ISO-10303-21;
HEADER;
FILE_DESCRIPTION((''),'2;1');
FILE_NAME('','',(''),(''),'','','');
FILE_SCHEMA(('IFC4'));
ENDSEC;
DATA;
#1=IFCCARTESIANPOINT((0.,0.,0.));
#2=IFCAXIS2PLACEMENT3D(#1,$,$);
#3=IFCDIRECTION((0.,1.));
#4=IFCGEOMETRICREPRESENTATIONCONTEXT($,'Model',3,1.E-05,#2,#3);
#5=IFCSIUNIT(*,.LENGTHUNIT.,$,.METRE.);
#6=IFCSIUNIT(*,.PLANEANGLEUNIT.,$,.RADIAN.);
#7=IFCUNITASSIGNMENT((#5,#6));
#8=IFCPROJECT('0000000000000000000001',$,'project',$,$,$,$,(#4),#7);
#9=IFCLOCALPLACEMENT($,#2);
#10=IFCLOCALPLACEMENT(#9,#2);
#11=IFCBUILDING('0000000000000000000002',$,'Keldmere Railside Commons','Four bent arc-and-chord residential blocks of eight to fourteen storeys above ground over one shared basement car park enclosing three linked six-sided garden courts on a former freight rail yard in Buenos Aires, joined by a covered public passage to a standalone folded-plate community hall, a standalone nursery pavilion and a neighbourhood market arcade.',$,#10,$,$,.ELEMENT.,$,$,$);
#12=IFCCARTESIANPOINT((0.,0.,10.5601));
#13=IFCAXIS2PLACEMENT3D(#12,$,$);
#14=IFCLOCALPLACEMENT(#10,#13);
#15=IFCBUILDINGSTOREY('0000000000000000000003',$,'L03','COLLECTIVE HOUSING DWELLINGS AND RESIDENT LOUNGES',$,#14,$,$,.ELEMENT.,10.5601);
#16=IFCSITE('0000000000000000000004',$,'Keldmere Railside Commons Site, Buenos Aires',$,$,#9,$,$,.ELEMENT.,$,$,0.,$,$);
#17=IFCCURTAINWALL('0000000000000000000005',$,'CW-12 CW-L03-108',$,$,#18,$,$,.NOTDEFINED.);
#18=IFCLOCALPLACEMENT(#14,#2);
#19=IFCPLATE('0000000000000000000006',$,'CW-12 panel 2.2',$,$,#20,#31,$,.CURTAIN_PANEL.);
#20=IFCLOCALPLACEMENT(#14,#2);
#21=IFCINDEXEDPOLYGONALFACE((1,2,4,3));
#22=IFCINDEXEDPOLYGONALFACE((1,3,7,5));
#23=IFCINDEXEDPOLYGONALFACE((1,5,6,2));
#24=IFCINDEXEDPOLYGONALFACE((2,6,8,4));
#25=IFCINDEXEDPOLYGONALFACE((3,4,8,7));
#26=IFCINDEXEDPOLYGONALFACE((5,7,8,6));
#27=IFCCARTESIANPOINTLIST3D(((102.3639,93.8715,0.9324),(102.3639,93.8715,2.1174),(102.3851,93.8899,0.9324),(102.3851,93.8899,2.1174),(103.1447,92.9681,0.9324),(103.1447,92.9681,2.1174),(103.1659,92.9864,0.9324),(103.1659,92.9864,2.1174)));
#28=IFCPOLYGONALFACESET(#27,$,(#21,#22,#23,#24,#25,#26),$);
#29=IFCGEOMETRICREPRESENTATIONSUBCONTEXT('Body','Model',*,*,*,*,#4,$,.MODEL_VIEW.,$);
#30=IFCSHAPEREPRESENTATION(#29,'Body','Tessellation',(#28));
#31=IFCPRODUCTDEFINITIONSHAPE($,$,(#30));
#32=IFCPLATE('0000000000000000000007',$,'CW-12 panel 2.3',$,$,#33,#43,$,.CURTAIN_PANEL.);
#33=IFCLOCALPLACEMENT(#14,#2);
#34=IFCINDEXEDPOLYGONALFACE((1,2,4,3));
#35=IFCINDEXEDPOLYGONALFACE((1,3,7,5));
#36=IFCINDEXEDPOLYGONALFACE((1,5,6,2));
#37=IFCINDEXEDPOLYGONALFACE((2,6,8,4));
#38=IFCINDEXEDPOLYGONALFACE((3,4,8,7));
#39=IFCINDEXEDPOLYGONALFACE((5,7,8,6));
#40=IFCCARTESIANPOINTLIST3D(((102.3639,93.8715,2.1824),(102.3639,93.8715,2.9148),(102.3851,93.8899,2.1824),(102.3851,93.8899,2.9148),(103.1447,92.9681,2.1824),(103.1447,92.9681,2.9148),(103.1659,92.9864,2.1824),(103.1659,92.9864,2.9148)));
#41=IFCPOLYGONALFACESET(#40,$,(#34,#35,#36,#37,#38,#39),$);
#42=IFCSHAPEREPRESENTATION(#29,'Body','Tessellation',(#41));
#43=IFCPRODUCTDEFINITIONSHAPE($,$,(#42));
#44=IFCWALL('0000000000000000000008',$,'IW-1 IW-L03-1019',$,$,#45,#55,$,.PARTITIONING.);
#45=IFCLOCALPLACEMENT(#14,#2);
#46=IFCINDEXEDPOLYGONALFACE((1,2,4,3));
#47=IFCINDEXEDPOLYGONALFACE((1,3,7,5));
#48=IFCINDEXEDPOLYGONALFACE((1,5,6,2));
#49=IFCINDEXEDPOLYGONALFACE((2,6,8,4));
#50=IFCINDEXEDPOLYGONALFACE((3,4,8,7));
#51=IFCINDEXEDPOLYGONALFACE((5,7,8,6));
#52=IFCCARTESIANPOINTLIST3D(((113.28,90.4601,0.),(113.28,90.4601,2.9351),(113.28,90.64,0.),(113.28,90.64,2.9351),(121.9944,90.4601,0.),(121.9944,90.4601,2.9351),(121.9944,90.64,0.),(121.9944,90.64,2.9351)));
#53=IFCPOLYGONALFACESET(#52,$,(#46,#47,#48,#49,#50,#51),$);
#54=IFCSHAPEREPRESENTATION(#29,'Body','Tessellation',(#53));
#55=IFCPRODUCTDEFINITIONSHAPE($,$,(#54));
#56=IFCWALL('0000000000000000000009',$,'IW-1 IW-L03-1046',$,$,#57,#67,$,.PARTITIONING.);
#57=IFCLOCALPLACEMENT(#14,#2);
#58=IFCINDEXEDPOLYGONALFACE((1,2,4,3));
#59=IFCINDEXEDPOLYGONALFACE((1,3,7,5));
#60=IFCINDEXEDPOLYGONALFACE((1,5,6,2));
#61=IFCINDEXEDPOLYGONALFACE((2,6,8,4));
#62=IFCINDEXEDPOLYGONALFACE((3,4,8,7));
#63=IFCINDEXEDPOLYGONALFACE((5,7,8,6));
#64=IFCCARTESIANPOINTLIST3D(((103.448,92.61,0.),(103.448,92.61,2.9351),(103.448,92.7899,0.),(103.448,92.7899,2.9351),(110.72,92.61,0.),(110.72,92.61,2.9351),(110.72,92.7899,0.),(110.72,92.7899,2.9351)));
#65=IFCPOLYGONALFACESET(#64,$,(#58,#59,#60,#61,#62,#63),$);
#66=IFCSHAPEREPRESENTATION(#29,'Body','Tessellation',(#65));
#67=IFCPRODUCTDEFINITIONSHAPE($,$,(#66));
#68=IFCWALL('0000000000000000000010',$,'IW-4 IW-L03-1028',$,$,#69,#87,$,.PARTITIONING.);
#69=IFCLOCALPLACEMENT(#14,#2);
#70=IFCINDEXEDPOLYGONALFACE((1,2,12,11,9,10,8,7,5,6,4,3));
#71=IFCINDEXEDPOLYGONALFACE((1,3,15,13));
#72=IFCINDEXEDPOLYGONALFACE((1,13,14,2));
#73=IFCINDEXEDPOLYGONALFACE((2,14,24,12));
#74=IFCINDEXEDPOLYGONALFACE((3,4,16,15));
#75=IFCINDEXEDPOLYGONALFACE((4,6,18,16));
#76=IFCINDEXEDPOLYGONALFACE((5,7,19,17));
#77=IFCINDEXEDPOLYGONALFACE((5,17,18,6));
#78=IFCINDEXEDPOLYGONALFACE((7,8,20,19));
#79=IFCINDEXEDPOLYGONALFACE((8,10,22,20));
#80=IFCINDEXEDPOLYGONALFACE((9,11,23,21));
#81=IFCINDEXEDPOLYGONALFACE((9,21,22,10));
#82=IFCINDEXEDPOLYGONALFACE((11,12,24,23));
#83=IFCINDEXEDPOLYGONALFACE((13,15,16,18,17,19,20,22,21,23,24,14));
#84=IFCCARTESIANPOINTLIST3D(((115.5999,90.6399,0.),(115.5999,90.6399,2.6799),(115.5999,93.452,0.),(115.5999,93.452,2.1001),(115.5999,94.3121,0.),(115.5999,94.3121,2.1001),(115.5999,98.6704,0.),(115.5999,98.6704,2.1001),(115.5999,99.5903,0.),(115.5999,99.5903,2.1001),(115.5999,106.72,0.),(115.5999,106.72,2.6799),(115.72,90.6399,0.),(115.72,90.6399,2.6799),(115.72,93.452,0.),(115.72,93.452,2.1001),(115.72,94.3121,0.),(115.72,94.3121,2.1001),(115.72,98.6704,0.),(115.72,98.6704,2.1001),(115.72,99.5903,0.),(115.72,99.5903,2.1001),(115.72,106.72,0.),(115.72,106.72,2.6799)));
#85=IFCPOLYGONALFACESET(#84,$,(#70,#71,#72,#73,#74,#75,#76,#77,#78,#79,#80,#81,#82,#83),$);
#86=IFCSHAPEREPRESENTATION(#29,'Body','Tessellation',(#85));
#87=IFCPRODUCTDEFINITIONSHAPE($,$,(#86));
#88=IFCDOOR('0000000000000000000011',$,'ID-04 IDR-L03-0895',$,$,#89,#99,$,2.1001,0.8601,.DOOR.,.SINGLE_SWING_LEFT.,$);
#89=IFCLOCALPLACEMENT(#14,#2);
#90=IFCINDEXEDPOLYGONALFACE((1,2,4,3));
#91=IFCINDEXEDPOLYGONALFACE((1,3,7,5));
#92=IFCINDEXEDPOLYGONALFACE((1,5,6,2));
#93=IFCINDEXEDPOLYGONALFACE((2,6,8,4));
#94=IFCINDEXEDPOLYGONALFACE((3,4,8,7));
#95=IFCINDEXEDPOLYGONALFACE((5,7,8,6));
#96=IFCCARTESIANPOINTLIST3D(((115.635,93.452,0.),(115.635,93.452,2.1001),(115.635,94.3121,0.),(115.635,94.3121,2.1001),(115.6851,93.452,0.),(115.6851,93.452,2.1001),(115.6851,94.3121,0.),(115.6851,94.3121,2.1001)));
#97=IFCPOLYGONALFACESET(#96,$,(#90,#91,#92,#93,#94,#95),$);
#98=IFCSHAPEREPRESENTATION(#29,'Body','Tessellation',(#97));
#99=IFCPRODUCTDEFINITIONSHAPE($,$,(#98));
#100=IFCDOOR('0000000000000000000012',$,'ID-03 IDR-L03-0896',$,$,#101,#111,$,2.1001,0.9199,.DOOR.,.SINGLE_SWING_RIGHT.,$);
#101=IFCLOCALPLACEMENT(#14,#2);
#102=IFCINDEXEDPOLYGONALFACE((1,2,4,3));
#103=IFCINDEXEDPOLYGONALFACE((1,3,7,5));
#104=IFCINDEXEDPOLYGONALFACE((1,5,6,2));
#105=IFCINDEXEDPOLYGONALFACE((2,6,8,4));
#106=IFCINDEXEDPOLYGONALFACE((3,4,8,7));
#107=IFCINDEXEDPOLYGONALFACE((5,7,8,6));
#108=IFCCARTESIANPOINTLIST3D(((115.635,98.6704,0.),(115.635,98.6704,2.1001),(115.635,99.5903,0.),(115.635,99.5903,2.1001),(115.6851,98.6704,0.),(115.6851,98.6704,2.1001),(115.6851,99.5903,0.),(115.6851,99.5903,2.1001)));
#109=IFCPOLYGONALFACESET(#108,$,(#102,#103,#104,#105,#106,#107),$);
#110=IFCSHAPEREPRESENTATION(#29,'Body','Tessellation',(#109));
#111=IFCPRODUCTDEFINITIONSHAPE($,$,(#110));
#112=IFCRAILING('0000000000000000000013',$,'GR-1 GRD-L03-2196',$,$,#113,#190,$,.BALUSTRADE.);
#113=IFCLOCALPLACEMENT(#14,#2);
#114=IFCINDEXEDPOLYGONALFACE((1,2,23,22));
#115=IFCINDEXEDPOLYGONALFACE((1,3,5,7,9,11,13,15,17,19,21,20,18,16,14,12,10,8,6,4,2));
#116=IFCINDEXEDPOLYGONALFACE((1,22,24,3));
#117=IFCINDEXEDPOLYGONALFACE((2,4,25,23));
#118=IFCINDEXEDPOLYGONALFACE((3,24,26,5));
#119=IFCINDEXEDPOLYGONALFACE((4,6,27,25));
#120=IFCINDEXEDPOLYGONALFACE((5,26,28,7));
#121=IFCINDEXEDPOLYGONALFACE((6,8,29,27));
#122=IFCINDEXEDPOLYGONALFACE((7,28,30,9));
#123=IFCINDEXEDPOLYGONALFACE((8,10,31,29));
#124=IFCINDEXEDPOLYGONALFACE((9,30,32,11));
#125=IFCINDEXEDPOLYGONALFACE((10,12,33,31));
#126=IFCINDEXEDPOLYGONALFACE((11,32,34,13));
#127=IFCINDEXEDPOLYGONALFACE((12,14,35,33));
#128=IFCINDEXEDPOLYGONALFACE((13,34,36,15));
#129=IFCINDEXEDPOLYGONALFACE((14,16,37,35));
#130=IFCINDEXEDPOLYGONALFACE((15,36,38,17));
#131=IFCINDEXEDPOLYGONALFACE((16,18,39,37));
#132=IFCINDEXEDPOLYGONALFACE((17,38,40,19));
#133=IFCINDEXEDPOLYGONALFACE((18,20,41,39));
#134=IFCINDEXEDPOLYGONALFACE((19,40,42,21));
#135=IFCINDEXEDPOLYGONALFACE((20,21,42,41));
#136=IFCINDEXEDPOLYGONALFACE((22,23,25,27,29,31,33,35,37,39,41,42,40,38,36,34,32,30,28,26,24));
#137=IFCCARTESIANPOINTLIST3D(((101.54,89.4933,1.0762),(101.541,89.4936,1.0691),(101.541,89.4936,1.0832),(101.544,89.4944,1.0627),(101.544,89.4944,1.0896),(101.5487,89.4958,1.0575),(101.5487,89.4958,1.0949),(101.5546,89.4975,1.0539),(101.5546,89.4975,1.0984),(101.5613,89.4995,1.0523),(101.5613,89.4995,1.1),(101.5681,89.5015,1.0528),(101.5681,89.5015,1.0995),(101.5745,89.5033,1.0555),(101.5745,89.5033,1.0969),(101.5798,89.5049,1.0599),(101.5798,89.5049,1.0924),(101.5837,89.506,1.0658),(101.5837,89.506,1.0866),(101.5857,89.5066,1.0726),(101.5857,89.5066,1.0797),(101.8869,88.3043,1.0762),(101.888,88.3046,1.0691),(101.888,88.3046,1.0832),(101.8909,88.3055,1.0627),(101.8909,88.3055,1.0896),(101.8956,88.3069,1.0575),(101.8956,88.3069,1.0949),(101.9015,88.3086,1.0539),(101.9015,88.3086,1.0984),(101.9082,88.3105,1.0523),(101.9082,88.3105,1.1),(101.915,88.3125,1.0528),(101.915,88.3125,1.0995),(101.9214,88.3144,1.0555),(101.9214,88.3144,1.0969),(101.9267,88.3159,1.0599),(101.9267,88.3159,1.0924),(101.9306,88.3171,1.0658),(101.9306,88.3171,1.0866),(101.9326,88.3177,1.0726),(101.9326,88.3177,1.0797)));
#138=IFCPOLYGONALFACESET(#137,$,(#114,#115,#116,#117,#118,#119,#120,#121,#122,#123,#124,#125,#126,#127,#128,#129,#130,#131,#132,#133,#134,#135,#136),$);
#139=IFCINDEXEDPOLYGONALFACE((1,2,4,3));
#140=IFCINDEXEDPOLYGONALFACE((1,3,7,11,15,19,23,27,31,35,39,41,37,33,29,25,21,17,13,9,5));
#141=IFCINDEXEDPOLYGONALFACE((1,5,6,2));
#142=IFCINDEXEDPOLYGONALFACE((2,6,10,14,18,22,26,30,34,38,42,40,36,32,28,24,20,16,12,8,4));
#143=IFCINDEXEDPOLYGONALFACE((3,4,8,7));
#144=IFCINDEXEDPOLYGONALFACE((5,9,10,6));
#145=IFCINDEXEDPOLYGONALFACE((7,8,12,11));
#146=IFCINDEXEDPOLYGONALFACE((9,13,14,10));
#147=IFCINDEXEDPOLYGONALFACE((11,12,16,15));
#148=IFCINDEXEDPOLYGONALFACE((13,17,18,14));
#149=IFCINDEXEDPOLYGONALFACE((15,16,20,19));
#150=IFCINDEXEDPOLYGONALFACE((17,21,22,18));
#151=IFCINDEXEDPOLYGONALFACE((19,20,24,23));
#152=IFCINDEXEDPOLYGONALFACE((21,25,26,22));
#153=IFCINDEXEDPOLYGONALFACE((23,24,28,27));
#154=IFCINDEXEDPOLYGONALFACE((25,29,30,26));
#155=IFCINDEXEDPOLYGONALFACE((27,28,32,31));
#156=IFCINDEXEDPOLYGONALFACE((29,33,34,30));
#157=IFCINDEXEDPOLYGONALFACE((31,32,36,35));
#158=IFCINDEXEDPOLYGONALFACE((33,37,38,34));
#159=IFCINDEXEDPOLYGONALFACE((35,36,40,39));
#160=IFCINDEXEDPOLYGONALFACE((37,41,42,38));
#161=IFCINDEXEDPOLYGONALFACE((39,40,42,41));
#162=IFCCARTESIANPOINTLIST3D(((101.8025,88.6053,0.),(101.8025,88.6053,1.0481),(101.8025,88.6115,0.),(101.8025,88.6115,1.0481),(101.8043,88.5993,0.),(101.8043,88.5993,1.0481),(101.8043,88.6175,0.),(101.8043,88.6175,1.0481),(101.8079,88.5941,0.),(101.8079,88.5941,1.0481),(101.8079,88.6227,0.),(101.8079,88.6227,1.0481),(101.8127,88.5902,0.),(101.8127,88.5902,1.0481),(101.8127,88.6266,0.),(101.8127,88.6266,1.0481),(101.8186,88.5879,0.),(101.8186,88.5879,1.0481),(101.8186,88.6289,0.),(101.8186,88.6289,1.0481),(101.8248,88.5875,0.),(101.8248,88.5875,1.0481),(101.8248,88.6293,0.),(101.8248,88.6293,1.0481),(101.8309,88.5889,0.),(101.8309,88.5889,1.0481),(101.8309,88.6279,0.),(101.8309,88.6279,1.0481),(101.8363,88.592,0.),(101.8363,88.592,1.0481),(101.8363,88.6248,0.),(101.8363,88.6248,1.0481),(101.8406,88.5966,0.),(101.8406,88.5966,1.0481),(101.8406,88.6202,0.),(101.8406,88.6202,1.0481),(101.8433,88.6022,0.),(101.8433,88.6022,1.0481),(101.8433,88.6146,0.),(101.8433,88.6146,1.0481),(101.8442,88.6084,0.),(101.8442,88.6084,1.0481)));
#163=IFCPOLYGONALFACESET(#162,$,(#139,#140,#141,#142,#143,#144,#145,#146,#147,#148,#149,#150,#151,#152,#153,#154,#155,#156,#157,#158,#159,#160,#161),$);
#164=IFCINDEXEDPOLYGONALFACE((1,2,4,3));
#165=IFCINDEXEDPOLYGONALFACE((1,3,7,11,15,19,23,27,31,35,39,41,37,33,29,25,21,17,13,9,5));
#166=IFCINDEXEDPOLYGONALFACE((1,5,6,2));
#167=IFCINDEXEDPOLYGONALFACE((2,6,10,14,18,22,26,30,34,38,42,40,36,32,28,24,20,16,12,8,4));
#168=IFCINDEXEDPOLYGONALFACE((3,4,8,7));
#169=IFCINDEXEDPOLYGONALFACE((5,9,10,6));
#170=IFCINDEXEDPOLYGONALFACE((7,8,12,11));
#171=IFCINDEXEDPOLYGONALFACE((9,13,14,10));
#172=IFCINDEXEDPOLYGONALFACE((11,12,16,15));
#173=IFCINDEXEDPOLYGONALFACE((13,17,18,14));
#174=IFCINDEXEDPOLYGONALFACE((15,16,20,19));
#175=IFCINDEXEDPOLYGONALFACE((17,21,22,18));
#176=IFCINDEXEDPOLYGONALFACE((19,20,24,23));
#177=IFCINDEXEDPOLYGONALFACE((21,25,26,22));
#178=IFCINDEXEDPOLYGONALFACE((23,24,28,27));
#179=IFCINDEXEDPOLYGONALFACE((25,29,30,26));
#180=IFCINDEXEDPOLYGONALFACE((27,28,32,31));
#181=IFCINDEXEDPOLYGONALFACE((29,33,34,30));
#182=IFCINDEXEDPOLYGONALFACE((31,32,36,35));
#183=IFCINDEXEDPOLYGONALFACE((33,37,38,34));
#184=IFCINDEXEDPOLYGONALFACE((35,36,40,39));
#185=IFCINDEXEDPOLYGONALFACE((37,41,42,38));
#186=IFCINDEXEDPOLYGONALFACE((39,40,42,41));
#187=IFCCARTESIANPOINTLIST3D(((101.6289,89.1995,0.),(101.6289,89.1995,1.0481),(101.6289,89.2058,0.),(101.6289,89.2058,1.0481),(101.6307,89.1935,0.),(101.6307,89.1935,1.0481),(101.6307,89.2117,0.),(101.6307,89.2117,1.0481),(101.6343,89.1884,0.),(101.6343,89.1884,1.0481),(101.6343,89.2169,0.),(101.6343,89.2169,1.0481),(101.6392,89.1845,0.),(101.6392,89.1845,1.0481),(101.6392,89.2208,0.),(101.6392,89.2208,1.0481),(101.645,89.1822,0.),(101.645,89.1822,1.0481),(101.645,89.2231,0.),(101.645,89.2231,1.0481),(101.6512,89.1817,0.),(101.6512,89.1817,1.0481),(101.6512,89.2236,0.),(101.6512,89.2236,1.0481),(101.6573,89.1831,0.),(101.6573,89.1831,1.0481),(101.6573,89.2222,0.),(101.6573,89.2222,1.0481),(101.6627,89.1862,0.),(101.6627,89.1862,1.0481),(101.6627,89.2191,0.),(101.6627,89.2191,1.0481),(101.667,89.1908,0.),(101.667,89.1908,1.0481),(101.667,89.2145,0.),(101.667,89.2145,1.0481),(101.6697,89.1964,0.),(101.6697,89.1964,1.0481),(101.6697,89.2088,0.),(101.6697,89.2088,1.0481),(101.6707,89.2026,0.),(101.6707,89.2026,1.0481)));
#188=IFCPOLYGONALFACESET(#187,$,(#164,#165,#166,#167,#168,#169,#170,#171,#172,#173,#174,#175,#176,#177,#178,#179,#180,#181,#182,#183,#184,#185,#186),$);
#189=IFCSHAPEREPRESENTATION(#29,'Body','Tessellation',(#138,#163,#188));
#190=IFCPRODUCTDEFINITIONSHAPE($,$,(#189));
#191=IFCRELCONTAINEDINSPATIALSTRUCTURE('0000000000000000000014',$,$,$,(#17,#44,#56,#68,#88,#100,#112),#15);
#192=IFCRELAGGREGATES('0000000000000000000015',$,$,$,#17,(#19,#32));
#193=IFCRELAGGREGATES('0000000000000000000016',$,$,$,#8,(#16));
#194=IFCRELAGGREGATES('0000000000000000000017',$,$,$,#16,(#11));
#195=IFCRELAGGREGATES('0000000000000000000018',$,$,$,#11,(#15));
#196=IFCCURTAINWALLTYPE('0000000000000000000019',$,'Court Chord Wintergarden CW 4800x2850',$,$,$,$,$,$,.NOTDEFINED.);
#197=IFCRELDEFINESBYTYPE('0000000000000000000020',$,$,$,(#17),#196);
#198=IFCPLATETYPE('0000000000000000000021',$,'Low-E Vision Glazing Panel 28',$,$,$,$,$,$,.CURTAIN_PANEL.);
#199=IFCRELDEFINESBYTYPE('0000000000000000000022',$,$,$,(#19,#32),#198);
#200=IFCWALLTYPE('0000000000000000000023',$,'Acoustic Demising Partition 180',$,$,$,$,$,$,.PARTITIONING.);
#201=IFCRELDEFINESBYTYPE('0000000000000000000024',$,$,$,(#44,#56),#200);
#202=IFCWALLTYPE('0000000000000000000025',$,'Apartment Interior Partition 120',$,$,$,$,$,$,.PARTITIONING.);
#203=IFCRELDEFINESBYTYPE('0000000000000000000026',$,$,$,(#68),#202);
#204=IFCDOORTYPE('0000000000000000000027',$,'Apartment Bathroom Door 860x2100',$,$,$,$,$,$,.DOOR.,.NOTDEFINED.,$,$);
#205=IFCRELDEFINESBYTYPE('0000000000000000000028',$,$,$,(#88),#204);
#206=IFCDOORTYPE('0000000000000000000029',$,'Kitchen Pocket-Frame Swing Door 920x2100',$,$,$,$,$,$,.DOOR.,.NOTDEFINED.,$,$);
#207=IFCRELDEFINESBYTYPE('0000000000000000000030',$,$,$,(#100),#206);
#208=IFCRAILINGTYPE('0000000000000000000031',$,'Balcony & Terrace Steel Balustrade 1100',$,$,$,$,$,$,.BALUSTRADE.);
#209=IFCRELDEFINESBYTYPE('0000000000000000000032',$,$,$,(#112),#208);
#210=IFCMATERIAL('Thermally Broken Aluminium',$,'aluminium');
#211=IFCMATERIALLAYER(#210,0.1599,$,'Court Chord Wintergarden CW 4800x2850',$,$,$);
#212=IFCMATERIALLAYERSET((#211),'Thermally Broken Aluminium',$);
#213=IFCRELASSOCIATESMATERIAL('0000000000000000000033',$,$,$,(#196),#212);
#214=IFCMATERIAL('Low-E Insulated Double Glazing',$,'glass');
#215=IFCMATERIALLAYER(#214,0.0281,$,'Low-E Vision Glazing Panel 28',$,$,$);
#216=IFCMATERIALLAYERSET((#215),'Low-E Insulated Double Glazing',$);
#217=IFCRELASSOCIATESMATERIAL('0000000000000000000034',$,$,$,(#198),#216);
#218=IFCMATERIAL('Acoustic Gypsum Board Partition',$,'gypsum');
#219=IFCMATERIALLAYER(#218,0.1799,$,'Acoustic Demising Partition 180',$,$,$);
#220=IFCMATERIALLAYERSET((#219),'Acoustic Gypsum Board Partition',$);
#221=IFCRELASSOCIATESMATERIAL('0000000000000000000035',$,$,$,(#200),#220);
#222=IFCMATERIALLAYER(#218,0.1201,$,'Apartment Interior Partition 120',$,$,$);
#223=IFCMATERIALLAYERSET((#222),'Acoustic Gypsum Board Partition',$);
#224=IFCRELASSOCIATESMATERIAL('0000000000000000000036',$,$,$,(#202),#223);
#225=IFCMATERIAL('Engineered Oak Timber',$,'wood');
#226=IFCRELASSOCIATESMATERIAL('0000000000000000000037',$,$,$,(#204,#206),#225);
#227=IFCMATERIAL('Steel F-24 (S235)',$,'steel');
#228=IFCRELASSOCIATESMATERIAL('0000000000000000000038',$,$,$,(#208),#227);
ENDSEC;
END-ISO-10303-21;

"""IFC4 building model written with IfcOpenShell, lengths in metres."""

from ifc_helpers import new_model, si_unit, direction, frame, frame_2d, origin, origin_2d, place, context, subcontext, project, spatial, rectangle, circle, extrude, material, layer, layer_set, type_object, element, fill, aggregate, save


model = new_model("IFC4")

# Units and contexts
model_context = context("Model", 3, precision=1e-05, world=origin(), true_north=direction((0.0, 1.0)))
body_context = subcontext(model_context, "Body", "Model", "MODEL_VIEW")
ifc_project = project(units=[si_unit("LENGTHUNIT", "METRE"), si_unit("PLANEANGLEUNIT", "RADIAN")], contexts=[model_context])

# Site, building, storey
site_placement = place(None, origin())
site = spatial("IfcSite", under=ifc_project, at=site_placement, Name="Keldmere Railside Commons Site, Buenos Aires", CompositionType="ELEMENT", RefElevation=0.0)
building_placement = place(site_placement, origin())
building = spatial("IfcBuilding", under=site, at=building_placement, Name="Keldmere Railside Commons", Description="Four bent arc-and-chord residential blocks of eight to fourteen storeys above ground over one shared basement car park enclosing three linked six-sided garden courts on a former freight rail yard in Buenos Aires, joined by a covered public passage to a standalone folded-plate community hall, a standalone nursery pavilion and a neighbourhood market arcade.", CompositionType="ELEMENT")
storey_placement = place(building_placement, frame((0.0, 0.0, 10.5601)))
storey = spatial("IfcBuildingStorey", under=building, at=storey_placement, Name="L03", Description="COLLECTIVE HOUSING DWELLINGS AND RESIDENT LOUNGES", CompositionType="ELEMENT", Elevation=10.5601)

# Curtain wall, plates
ifc_material_1 = material(Name="Thermally Broken Aluminium", Category="aluminium")
ifc_layer_1 = layer(ifc_material_1, 0.1599, Name="Court Chord Wintergarden CW 4800x2850")
ifc_layer_set_1 = layer_set([ifc_layer_1], Name="Thermally Broken Aluminium")
curtain_wall_type = type_object("IfcCurtainWallType", Name="Court Chord Wintergarden CW 4800x2850", PredefinedType="NOTDEFINED", material=ifc_layer_set_1)
curtain_wall_placement = place(storey_placement, origin())
curtain_wall = element("IfcCurtainWall", 1, at=curtain_wall_placement, inside=storey, type_object=curtain_wall_type, Name="CW-12 CW-L03-108", PredefinedType="NOTDEFINED")
ifc_material_2 = material(Name="Low-E Insulated Double Glazing", Category="glass")
ifc_layer_2 = layer(ifc_material_2, 0.0281, Name="Low-E Vision Glazing Panel 28")
ifc_layer_set_2 = layer_set([ifc_layer_2], Name="Low-E Insulated Double Glazing")
plate_type = type_object("IfcPlateType", Name="Low-E Vision Glazing Panel 28", PredefinedType="CURTAIN_PANEL", material=ifc_layer_set_2)
plate_1_placement = place(storey_placement, frame((102.7649, 93.429, 0.9324), z_axis=(0.0, 0.0, 1.0), x_axis=(-0.653882, 0.756597, 0.0)))
plate_1 = element("IfcPlate", 2, at=plate_1_placement, type_object=plate_type, Name="CW-12 panel 2.2", PredefinedType="CURTAIN_PANEL", context=body_context, shape_type="SweptSolid", body=[
    extrude(rectangle(XDim=1.1941, YDim=0.0281, at=origin_2d()), origin(), (0.0, 0.0, 1.0), 1.1851),
])
plate_2_placement = place(storey_placement, frame((102.7649, 93.429, 2.1824), z_axis=(0.0, 0.0, 1.0), x_axis=(-0.653882, 0.756597, 0.0)))
plate_2 = element("IfcPlate", 3, at=plate_2_placement, type_object=plate_type, Name="CW-12 panel 2.3", PredefinedType="CURTAIN_PANEL", context=body_context, shape_type="SweptSolid", body=[
    extrude(rectangle(XDim=1.1941, YDim=0.0281, at=origin_2d()), origin(), (0.0, 0.0, 1.0), 0.7324),
])
aggregate(curtain_wall, [plate_1, plate_2])

# Walls
ifc_material_3 = material(Name="Acoustic Gypsum Board Partition", Category="gypsum")
ifc_layer_3 = layer(ifc_material_3, 0.1799, Name="Acoustic Demising Partition 180")
ifc_layer_set_3 = layer_set([ifc_layer_3], Name="Acoustic Gypsum Board Partition")
wall_type_1 = type_object("IfcWallType", Name="Acoustic Demising Partition 180", PredefinedType="PARTITIONING", material=ifc_layer_set_3)
wall_1_placement = place(storey_placement, frame((113.28, 90.55, 0.0), z_axis=(0.0, 0.0, 1.0), x_axis=(1.0, 0.0, 0.0)))
element("IfcWall", 4, at=wall_1_placement, inside=storey, type_object=wall_type_1, Name="IW-1 IW-L03-1019", PredefinedType="PARTITIONING", context=body_context, shape_type="SweptSolid", body=[
    extrude(rectangle(XDim=8.7144, YDim=0.1799, at=frame_2d((4.3572, 0.0))), origin(), (0.0, 0.0, 1.0), 2.9351),
])
wall_2_placement = place(storey_placement, frame((103.448, 92.7, 0.0), z_axis=(0.0, 0.0, 1.0), x_axis=(1.0, 0.0, 0.0)))
element("IfcWall", 5, at=wall_2_placement, inside=storey, type_object=wall_type_1, Name="IW-1 IW-L03-1046", PredefinedType="PARTITIONING", context=body_context, shape_type="SweptSolid", body=[
    extrude(rectangle(XDim=7.272, YDim=0.1799, at=frame_2d((3.636, 0.0))), origin(), (0.0, 0.0, 1.0), 2.9351),
])

# Wall, openings, doors
ifc_layer_4 = layer(ifc_material_3, 0.1201, Name="Apartment Interior Partition 120")
ifc_layer_set_4 = layer_set([ifc_layer_4], Name="Acoustic Gypsum Board Partition")
wall_type_2 = type_object("IfcWallType", Name="Apartment Interior Partition 120", PredefinedType="PARTITIONING", material=ifc_layer_set_4)
wall_3_placement = place(storey_placement, frame((115.6599, 90.6399, 0.0), z_axis=(0.0, 0.0, 1.0), x_axis=(0.0, 1.0, 0.0)))
wall_3 = element("IfcWall", 6, at=wall_3_placement, inside=storey, type_object=wall_type_2, Name="IW-4 IW-L03-1028", PredefinedType="PARTITIONING", context=body_context, shape_type="SweptSolid", body=[
    extrude(rectangle(XDim=16.0801, YDim=0.1201, at=frame_2d((8.04, 0.0))), origin(), (0.0, 0.0, 1.0), 2.6799),
])
opening_1_placement = place(wall_3_placement, frame((2.812, 0.0, 0.0)))
opening_1 = element("IfcOpeningElement", 7, at=opening_1_placement, cuts=wall_3, PredefinedType="OPENING", context=body_context, shape_type="SweptSolid", body=[
    extrude(rectangle(XDim=0.8601, YDim=2.1001, at=frame_2d((0.4302, 1.05))), frame((0.0, 0.0701, 0.0), z_axis=(0.0, -1.0, 0.0), x_axis=(1.0, 0.0, 0.0)), (0.0, 0.0, 1.0), 0.1401),
])
opening_2_placement = place(wall_3_placement, frame((8.0305, 0.0, 0.0)))
opening_2 = element("IfcOpeningElement", 8, at=opening_2_placement, cuts=wall_3, PredefinedType="OPENING", context=body_context, shape_type="SweptSolid", body=[
    extrude(rectangle(XDim=0.9199, YDim=2.1001, at=frame_2d((0.46, 1.05))), frame((0.0, 0.0701, 0.0), z_axis=(0.0, -1.0, 0.0), x_axis=(1.0, 0.0, 0.0)), (0.0, 0.0, 1.0), 0.1401),
])
ifc_material_4 = material(Name="Engineered Oak Timber", Category="wood")
door_type_1 = type_object("IfcDoorType", Name="Apartment Bathroom Door 860x2100", OperationType="NOTDEFINED", PredefinedType="DOOR", material=ifc_material_4)
door_1_placement = place(opening_1_placement, origin())
door_1 = element("IfcDoor", 9, at=door_1_placement, inside=storey, type_object=door_type_1, Name="ID-04 IDR-L03-0895", OperationType="SINGLE_SWING_LEFT", OverallHeight=2.1001, OverallWidth=0.8601, PredefinedType="DOOR", context=body_context, shape_type="SweptSolid", body=[
    extrude(rectangle(XDim=0.8601, YDim=2.1001, at=frame_2d((0.4302, 1.05))), frame((0.0, 0.0249, 0.0), z_axis=(0.0, -1.0, 0.0), x_axis=(1.0, 0.0, 0.0)), (0.0, 0.0, 1.0), 0.05),
])
fill(opening_1, door_1)
door_type_2 = type_object("IfcDoorType", Name="Kitchen Pocket-Frame Swing Door 920x2100", OperationType="NOTDEFINED", PredefinedType="DOOR", material=ifc_material_4)
door_2_placement = place(opening_2_placement, origin())
door_2 = element("IfcDoor", 10, at=door_2_placement, inside=storey, type_object=door_type_2, Name="ID-03 IDR-L03-0896", OperationType="SINGLE_SWING_RIGHT", OverallHeight=2.1001, OverallWidth=0.9199, PredefinedType="DOOR", context=body_context, shape_type="SweptSolid", body=[
    extrude(rectangle(XDim=0.9199, YDim=2.1001, at=frame_2d((0.46, 1.05))), frame((0.0, 0.0249, 0.0), z_axis=(0.0, -1.0, 0.0), x_axis=(1.0, 0.0, 0.0)), (0.0, 0.0, 1.0), 0.05),
])
fill(opening_2, door_2)

# Railing
ifc_material_5 = material(Name="Steel F-24 (S235)", Category="steel")
railing_type = type_object("IfcRailingType", Name="Balcony & Terrace Steel Balustrade 1100", PredefinedType="BALUSTRADE", material=ifc_material_5)
railing_1_placement = place(storey_placement, frame((101.9099, 88.311, 0.0)))
element("IfcRailing", 11, at=railing_1_placement, inside=storey, type_object=railing_type, Name="GR-1 GRD-L03-2196", PredefinedType="BALUSTRADE", context=body_context, shape_type="SweptSolid", body=[
    extrude(circle(Radius=0.0239, at=origin_2d()), frame((0.0, 0.0, 1.0762), z_axis=(-0.280106, 0.959969, 0.0), x_axis=(-0.959969, -0.280106, 0.0)), (0.0, 0.0, 1.0), 1.2385),
    extrude(circle(Radius=0.021, at=origin_2d()), frame((-0.0867, 0.2974, 0.0)), (0.0, 0.0, 1.0), 1.0481),
    extrude(circle(Radius=0.021, at=origin_2d()), frame((-0.2603, 0.8916, 0.0)), (0.0, 0.0, 1.0), 1.0481),
])

save(model, "model.ifc")
